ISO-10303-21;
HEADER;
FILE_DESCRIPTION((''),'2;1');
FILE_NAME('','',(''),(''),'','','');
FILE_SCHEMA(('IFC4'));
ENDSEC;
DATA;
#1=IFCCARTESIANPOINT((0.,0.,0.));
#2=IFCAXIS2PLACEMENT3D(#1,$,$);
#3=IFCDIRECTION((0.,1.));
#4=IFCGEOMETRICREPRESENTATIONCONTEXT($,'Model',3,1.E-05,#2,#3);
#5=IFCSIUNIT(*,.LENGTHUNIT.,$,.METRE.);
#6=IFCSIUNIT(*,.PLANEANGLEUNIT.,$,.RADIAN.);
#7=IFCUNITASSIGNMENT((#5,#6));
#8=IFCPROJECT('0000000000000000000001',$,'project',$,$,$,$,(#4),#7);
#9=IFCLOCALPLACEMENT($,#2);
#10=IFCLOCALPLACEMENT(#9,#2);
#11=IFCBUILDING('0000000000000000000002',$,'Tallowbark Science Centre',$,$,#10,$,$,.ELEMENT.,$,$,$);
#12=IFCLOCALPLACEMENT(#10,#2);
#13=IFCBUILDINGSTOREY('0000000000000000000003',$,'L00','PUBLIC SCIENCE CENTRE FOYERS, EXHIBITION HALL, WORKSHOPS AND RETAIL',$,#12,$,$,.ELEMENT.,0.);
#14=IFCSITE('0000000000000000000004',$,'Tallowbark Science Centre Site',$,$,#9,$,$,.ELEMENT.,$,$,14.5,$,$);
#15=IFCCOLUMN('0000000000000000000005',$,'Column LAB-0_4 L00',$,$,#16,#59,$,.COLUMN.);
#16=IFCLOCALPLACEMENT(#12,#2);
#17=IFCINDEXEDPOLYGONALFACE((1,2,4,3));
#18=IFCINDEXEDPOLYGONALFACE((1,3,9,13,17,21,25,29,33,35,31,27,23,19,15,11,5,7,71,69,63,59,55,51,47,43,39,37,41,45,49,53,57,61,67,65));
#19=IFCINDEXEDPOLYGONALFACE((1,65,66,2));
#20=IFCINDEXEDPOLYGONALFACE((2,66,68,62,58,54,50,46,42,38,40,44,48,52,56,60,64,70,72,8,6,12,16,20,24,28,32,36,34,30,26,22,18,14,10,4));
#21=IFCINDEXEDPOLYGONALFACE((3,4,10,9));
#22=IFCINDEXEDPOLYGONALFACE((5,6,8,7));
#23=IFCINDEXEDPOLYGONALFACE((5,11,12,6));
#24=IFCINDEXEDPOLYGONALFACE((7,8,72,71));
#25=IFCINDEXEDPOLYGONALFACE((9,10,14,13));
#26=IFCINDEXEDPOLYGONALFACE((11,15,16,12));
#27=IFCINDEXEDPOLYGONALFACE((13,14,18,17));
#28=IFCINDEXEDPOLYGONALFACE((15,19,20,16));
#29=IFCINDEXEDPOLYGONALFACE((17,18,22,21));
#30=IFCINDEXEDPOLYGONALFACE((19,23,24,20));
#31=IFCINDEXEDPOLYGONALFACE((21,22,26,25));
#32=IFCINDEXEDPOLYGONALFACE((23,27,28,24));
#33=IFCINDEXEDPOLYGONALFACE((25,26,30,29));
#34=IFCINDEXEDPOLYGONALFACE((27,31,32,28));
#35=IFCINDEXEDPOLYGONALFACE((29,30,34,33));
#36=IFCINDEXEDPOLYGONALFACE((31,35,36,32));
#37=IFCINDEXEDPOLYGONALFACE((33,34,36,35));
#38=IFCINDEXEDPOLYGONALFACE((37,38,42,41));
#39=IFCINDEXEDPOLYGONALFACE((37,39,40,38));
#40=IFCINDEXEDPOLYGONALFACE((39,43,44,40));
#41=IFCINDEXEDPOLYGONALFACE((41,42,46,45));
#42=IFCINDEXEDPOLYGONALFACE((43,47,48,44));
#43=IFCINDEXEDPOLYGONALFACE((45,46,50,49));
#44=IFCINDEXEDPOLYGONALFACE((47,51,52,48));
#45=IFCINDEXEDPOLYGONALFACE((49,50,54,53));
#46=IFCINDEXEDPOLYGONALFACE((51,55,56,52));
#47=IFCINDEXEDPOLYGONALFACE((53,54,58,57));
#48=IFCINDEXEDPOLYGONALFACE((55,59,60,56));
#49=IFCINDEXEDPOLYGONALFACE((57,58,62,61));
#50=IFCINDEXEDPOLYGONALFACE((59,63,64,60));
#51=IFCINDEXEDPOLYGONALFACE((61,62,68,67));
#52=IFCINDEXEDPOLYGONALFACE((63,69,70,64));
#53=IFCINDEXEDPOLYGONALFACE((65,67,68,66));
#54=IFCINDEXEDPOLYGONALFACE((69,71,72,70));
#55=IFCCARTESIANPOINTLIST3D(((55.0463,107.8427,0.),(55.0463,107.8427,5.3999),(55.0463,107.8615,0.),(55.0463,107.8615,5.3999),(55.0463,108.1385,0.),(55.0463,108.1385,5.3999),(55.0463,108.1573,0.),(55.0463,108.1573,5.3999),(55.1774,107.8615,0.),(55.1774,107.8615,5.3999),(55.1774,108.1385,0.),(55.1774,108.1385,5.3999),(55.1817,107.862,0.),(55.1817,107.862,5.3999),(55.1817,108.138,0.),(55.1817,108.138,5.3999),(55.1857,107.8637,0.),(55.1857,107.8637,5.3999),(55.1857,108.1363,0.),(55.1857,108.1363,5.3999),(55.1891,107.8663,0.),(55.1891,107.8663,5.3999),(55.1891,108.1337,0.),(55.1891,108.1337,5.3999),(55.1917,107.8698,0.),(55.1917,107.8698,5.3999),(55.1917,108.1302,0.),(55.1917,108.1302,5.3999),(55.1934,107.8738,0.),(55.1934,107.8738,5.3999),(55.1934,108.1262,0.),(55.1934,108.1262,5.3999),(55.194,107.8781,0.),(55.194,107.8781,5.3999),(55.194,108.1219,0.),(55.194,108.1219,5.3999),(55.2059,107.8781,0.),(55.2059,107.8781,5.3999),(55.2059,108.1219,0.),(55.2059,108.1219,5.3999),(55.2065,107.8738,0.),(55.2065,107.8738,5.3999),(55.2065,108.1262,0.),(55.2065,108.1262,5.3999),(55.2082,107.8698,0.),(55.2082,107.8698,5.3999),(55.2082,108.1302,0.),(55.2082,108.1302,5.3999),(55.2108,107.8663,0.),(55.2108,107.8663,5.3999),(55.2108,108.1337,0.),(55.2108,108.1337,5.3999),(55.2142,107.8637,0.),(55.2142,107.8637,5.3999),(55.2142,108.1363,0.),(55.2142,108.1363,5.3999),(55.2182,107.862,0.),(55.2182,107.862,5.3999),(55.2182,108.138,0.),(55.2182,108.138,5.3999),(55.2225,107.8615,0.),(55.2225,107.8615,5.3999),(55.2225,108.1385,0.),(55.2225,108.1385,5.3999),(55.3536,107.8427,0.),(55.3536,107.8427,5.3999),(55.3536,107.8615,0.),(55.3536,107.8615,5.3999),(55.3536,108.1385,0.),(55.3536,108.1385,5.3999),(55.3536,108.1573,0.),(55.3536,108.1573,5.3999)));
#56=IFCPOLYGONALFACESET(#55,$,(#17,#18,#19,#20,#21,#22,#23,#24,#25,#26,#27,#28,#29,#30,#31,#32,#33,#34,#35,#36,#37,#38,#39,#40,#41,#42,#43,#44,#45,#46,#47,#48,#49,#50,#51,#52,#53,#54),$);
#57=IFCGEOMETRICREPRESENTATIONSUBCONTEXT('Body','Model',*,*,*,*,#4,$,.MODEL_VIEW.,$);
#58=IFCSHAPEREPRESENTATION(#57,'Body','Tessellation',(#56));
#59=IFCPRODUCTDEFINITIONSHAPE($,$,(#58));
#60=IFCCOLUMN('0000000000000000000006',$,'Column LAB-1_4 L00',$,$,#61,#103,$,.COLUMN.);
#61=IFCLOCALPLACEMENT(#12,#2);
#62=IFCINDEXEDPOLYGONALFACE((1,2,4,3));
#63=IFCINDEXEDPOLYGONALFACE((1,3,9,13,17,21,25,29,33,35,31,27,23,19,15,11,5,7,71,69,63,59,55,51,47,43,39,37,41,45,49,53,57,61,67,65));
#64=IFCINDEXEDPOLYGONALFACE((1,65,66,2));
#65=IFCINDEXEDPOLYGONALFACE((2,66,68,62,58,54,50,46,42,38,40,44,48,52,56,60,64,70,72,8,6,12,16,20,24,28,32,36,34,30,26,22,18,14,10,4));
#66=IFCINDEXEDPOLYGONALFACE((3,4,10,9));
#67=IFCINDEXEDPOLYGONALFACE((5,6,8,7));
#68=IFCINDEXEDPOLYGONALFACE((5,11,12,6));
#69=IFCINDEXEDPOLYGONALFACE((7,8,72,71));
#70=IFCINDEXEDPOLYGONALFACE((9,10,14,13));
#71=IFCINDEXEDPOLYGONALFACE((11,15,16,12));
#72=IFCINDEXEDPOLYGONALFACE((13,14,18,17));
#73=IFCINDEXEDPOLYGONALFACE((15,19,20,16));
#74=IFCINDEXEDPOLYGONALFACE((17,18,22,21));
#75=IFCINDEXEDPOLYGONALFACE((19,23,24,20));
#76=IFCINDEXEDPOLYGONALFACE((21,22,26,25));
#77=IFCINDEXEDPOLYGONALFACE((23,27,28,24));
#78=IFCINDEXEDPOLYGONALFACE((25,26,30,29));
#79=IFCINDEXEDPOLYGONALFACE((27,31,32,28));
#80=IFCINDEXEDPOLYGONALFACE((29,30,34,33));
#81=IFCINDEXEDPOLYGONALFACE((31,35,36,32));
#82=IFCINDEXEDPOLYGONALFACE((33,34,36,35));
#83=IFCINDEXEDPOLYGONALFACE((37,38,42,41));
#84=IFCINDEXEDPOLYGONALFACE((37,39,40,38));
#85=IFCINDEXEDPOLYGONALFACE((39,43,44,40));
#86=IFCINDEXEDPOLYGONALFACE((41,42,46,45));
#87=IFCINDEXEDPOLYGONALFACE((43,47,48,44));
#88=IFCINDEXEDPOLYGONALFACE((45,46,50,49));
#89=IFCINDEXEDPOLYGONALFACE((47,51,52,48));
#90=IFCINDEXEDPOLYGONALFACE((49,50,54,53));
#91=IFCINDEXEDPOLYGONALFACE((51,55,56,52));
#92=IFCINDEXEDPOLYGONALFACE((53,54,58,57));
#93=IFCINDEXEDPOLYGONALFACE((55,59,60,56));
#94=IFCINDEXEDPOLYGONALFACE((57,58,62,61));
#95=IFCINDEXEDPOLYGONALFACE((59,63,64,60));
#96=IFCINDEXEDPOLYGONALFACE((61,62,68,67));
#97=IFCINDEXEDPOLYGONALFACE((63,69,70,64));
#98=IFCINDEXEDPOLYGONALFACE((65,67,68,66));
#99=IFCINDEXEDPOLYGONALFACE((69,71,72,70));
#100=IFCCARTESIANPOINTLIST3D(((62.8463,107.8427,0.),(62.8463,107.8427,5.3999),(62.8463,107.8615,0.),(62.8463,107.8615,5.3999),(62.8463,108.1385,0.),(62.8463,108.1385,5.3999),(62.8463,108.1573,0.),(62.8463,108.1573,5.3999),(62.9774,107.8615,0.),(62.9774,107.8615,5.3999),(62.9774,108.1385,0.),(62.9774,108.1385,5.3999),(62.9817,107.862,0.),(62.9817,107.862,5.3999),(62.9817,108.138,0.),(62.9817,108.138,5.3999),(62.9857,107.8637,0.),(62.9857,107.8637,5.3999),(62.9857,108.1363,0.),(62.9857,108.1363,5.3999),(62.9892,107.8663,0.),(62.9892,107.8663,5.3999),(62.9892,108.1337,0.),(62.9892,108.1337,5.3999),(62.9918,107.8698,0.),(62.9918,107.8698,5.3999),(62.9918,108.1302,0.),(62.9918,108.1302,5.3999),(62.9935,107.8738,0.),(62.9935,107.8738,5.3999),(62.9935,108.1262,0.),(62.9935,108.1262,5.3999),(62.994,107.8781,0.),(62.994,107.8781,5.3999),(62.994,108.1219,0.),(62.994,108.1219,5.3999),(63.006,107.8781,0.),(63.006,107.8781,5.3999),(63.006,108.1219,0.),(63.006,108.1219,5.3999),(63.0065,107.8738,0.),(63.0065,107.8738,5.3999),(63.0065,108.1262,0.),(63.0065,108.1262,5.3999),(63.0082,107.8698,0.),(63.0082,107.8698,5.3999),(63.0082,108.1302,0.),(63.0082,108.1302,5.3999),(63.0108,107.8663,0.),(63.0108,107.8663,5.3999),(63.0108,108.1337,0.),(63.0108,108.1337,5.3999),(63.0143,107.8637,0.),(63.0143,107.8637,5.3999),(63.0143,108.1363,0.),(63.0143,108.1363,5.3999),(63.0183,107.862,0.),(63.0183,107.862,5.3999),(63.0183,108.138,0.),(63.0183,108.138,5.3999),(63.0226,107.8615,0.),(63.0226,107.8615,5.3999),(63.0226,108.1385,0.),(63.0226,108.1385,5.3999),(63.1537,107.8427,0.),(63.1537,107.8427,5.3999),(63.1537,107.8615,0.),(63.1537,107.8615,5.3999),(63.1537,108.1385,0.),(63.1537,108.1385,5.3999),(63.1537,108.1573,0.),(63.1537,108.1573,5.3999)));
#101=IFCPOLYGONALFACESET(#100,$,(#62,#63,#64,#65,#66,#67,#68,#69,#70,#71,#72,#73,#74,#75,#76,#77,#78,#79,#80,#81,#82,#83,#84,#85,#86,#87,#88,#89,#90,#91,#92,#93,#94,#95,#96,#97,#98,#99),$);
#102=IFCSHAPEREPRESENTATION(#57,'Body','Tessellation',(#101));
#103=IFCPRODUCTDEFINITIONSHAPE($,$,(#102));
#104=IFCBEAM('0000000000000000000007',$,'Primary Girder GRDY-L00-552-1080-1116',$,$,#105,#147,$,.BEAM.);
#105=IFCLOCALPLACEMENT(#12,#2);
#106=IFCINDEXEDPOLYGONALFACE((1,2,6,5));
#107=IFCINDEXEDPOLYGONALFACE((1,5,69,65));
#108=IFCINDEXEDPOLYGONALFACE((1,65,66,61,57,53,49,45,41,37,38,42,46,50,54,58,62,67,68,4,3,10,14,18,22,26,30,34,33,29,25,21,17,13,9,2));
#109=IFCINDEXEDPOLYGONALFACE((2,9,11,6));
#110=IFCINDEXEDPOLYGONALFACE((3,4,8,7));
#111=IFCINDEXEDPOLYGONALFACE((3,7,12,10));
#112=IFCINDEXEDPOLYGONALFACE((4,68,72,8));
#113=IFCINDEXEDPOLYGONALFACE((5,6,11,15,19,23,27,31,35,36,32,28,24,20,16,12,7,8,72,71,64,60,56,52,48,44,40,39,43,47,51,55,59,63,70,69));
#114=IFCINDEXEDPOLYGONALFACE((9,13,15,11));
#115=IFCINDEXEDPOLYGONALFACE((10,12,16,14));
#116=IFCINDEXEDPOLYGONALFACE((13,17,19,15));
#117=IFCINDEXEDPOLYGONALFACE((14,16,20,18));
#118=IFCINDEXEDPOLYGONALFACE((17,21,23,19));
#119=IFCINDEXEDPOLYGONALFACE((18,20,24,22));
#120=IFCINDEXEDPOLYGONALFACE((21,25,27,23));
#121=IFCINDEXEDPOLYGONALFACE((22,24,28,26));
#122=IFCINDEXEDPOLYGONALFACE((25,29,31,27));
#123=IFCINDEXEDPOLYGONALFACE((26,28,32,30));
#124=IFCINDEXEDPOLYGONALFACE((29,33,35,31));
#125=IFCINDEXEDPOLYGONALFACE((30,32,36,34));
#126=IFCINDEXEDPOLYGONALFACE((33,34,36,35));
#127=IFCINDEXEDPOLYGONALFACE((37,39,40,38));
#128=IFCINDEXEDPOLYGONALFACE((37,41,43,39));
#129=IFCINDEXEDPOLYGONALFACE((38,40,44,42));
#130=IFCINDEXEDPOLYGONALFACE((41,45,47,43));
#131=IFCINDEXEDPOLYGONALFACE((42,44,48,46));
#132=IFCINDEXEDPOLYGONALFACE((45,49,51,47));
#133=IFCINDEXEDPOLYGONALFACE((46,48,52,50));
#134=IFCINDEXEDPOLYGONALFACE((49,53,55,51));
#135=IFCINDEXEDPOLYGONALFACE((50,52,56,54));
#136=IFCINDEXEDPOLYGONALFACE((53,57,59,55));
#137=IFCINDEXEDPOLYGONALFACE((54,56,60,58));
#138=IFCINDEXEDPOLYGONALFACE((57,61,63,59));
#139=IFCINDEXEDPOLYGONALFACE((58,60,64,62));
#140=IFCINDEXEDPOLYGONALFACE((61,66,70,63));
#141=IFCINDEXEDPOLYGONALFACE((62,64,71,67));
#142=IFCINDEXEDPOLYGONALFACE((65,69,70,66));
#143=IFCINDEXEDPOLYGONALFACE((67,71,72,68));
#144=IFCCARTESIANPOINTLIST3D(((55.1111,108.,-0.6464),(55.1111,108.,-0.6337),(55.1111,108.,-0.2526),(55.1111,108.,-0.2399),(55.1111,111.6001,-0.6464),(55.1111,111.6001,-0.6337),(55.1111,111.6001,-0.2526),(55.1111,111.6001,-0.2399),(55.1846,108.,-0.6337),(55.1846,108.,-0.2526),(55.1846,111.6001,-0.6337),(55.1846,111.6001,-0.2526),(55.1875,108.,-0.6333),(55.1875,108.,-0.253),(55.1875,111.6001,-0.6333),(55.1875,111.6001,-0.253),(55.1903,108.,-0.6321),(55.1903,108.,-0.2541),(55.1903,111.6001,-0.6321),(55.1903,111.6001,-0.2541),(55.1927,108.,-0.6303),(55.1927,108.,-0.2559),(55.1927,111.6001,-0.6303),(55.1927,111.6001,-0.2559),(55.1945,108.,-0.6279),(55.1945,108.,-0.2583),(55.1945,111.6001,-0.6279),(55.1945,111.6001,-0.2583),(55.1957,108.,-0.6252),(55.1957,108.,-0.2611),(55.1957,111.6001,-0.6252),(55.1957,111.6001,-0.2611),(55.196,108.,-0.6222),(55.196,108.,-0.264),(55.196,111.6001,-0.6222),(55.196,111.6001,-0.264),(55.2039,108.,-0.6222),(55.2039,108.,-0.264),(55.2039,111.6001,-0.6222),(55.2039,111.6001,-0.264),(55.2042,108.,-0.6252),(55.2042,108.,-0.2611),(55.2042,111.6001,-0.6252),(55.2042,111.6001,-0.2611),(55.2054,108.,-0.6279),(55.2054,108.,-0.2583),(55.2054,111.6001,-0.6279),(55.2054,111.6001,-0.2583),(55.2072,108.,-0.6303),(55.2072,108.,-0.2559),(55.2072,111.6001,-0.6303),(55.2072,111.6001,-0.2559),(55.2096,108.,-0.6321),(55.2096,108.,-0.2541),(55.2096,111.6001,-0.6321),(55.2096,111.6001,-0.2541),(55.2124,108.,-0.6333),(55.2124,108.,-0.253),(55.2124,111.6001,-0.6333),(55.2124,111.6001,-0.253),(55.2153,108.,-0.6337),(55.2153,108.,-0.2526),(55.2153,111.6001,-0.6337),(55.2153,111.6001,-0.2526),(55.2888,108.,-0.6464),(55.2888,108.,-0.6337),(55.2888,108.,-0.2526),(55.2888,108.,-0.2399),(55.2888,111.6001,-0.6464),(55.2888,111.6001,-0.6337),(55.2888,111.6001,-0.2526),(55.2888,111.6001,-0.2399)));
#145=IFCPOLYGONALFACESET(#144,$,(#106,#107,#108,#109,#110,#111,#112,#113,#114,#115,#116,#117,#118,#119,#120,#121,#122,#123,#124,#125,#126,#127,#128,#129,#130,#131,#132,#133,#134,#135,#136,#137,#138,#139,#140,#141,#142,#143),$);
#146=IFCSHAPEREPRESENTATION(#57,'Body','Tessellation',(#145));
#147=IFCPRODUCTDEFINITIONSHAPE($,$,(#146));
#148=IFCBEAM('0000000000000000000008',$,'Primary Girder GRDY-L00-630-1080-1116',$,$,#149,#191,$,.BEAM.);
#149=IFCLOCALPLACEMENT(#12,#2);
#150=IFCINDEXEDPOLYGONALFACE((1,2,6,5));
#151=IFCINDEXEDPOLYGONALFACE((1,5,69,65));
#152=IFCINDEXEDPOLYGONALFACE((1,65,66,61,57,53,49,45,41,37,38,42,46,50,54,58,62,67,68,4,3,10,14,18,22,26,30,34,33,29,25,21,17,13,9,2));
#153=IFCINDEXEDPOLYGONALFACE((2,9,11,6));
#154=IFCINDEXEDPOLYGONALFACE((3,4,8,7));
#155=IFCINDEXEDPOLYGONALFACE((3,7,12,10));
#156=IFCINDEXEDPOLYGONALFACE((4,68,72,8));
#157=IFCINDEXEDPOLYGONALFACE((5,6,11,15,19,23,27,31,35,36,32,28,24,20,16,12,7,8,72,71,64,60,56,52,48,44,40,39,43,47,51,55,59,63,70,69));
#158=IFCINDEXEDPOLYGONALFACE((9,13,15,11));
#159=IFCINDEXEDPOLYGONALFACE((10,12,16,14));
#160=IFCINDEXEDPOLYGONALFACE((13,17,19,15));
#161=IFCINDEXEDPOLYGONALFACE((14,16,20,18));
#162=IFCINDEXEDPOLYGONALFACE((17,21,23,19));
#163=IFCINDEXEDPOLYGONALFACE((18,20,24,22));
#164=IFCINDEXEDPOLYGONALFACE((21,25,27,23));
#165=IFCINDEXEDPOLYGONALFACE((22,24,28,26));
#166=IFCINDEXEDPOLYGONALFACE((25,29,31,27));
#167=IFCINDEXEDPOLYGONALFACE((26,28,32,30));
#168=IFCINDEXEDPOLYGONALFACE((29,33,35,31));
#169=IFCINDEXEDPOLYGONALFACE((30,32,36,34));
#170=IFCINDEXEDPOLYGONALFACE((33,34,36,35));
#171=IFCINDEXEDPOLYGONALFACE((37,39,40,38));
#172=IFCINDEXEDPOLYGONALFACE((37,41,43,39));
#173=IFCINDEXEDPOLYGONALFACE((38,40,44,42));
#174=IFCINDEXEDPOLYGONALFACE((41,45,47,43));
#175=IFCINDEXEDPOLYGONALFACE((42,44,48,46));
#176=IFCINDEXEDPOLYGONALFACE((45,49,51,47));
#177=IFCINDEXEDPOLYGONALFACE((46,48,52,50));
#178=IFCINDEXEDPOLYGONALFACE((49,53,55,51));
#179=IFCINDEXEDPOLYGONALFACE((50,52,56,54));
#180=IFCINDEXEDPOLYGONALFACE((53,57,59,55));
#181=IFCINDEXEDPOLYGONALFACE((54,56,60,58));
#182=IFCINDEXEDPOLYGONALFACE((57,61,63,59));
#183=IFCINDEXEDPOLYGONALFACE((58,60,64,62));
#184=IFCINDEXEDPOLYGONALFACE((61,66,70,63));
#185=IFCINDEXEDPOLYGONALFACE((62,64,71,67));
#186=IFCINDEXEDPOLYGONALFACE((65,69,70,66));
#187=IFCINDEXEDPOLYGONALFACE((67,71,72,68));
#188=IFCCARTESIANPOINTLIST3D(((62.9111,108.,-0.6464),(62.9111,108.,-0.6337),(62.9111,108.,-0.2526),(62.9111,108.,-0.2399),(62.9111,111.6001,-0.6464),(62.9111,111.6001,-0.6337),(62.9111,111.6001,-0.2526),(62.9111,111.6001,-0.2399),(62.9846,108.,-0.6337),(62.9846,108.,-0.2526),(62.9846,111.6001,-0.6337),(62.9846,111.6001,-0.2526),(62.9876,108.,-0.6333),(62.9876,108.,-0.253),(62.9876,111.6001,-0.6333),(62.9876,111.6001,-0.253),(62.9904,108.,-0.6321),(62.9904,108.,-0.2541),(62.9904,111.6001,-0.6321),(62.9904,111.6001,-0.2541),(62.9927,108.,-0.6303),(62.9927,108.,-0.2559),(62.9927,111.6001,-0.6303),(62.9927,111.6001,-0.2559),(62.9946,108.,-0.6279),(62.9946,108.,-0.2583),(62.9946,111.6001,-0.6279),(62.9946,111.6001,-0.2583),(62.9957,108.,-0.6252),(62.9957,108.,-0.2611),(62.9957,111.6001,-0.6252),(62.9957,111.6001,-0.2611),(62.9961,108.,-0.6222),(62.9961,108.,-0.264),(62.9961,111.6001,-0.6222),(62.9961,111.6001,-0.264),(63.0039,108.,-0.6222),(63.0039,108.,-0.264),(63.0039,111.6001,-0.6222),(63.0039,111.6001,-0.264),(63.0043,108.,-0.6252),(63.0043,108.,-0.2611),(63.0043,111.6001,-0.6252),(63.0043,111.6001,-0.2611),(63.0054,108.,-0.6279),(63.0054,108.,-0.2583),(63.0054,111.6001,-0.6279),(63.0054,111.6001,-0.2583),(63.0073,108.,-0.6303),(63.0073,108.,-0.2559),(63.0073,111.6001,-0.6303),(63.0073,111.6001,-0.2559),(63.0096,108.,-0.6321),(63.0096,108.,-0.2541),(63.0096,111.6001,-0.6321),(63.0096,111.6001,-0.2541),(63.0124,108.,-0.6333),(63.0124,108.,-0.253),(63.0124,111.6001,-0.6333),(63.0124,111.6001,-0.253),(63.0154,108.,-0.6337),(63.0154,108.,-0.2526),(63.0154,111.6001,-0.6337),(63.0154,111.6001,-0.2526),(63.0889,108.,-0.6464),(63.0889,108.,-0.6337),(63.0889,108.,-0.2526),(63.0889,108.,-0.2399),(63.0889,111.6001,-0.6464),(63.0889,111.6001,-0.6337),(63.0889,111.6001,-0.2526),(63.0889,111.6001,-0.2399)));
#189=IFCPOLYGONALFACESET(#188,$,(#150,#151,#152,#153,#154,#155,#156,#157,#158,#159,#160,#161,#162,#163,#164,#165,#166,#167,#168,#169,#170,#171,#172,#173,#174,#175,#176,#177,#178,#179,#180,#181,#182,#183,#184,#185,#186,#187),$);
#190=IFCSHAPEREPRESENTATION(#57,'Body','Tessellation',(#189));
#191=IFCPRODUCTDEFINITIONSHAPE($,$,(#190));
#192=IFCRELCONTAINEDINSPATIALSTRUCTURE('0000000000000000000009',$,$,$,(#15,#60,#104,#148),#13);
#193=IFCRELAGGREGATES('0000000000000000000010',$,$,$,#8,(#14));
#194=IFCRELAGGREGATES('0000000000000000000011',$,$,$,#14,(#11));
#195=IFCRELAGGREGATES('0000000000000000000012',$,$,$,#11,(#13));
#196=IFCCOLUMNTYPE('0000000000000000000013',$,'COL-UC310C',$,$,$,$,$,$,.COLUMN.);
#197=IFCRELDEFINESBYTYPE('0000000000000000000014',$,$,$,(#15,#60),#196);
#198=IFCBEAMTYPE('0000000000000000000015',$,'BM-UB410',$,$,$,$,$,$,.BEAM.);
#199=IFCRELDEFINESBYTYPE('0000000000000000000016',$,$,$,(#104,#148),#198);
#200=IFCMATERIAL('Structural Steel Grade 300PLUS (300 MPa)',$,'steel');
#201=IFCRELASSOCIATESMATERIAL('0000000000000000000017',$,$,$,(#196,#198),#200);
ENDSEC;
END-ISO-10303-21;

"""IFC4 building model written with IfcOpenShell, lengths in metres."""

from ifc_helpers import new_model, si_unit, direction, frame, origin, origin_2d, place, context, subcontext, project, spatial, i_section, extrude, material, material_profile, profile_set, type_object, element, save


model = new_model("IFC4")

# Units and contexts
model_context = context("Model", 3, precision=1e-05, world=origin(), true_north=direction((0.0, 1.0)))
body_context = subcontext(model_context, "Body", "Model", "MODEL_VIEW")
ifc_project = project(units=[si_unit("LENGTHUNIT", "METRE"), si_unit("PLANEANGLEUNIT", "RADIAN")], contexts=[model_context])

# Site, building, storey
site_placement = place(None, origin())
site = spatial("IfcSite", under=ifc_project, at=site_placement, Name="Tallowbark Science Centre Site", CompositionType="ELEMENT", RefElevation=14.5)
building_placement = place(site_placement, origin())
building = spatial("IfcBuilding", under=site, at=building_placement, Name="Tallowbark Science Centre", CompositionType="ELEMENT")
storey_placement = place(building_placement, origin())
storey = spatial("IfcBuildingStorey", under=building, at=storey_placement, Name="L00", Description="PUBLIC SCIENCE CENTRE FOYERS, EXHIBITION HALL, WORKSHOPS AND RETAIL", CompositionType="ELEMENT", Elevation=0.0)

# Columns
ifc_material_1 = material(Name="Structural Steel Grade 300PLUS (300 MPa)", Category="steel")
ifc_material_profile_1 = material_profile(ifc_material_1, i_section(OverallWidth=0.3074, OverallDepth=0.3147, WebThickness=0.012, FlangeThickness=0.0188, FilletRadius=0.0166, at=origin_2d()), Name="310UC118")
ifc_profile_set_1 = profile_set([ifc_material_profile_1], Name="Structural Steel Grade 300PLUS (300 MPa)")
column_type = type_object("IfcColumnType", Name="COL-UC310C", PredefinedType="COLUMN", material=ifc_profile_set_1)
for number, where, z_axis, x_axis, name in (
    (1, (55.2, 108.0, 0.0), (0.0, 0.0, 1.0), (1.0, 0.0, 0.0), "Column LAB-0_4 L00"),
    (2, (63.0, 108.0, 0.0), (0.0, 0.0, 1.0), (1.0, 0.0, 0.0), "Column LAB-1_4 L00"),
):
    element("IfcColumn", number, at=place(storey_placement, frame(where, z_axis=z_axis, x_axis=x_axis)), inside=storey, type_object=column_type, Name=name, PredefinedType="COLUMN", context=body_context, shape_type="SweptSolid", body=[
        extrude(i_section(OverallWidth=0.3074, OverallDepth=0.3147, WebThickness=0.012, FlangeThickness=0.0188, FilletRadius=0.0166, at=origin_2d()), origin(), (0.0, 0.0, 1.0), 5.3999),
    ])

# Beams
ifc_material_profile_2 = material_profile(ifc_material_1, i_section(OverallWidth=0.1777, OverallDepth=0.4065, WebThickness=0.0078, FlangeThickness=0.0127, FilletRadius=0.0115, at=origin_2d()), Name="410UB59.7")
ifc_profile_set_2 = profile_set([ifc_material_profile_2], Name="Structural Steel Grade 300PLUS (300 MPa)")
beam_type_1 = type_object("IfcBeamType", Name="BM-UB410", PredefinedType="BEAM", material=ifc_profile_set_2)
for number, where, z_axis, x_axis, name in (
    (3, (55.2, 108.0, -0.4431), (0.0, 1.0, 0.0), (-1.0, 0.0, 0.0), "Primary Girder GRDY-L00-552-1080-1116"),
    (4, (63.0, 108.0, -0.4431), (0.0, 1.0, 0.0), (-1.0, 0.0, 0.0), "Primary Girder GRDY-L00-630-1080-1116"),
):
    element("IfcBeam", number, at=place(storey_placement, frame(where, z_axis=z_axis, x_axis=x_axis)), inside=storey, type_object=beam_type_1, Name=name, PredefinedType="BEAM", context=body_context, shape_type="SweptSolid", body=[
        extrude(i_section(OverallWidth=0.1777, OverallDepth=0.4065, WebThickness=0.0078, FlangeThickness=0.0127, FilletRadius=0.0115, at=origin_2d()), origin(), (0.0, 0.0, 1.0), 3.6001),
    ])

save(model, "model.ifc")
